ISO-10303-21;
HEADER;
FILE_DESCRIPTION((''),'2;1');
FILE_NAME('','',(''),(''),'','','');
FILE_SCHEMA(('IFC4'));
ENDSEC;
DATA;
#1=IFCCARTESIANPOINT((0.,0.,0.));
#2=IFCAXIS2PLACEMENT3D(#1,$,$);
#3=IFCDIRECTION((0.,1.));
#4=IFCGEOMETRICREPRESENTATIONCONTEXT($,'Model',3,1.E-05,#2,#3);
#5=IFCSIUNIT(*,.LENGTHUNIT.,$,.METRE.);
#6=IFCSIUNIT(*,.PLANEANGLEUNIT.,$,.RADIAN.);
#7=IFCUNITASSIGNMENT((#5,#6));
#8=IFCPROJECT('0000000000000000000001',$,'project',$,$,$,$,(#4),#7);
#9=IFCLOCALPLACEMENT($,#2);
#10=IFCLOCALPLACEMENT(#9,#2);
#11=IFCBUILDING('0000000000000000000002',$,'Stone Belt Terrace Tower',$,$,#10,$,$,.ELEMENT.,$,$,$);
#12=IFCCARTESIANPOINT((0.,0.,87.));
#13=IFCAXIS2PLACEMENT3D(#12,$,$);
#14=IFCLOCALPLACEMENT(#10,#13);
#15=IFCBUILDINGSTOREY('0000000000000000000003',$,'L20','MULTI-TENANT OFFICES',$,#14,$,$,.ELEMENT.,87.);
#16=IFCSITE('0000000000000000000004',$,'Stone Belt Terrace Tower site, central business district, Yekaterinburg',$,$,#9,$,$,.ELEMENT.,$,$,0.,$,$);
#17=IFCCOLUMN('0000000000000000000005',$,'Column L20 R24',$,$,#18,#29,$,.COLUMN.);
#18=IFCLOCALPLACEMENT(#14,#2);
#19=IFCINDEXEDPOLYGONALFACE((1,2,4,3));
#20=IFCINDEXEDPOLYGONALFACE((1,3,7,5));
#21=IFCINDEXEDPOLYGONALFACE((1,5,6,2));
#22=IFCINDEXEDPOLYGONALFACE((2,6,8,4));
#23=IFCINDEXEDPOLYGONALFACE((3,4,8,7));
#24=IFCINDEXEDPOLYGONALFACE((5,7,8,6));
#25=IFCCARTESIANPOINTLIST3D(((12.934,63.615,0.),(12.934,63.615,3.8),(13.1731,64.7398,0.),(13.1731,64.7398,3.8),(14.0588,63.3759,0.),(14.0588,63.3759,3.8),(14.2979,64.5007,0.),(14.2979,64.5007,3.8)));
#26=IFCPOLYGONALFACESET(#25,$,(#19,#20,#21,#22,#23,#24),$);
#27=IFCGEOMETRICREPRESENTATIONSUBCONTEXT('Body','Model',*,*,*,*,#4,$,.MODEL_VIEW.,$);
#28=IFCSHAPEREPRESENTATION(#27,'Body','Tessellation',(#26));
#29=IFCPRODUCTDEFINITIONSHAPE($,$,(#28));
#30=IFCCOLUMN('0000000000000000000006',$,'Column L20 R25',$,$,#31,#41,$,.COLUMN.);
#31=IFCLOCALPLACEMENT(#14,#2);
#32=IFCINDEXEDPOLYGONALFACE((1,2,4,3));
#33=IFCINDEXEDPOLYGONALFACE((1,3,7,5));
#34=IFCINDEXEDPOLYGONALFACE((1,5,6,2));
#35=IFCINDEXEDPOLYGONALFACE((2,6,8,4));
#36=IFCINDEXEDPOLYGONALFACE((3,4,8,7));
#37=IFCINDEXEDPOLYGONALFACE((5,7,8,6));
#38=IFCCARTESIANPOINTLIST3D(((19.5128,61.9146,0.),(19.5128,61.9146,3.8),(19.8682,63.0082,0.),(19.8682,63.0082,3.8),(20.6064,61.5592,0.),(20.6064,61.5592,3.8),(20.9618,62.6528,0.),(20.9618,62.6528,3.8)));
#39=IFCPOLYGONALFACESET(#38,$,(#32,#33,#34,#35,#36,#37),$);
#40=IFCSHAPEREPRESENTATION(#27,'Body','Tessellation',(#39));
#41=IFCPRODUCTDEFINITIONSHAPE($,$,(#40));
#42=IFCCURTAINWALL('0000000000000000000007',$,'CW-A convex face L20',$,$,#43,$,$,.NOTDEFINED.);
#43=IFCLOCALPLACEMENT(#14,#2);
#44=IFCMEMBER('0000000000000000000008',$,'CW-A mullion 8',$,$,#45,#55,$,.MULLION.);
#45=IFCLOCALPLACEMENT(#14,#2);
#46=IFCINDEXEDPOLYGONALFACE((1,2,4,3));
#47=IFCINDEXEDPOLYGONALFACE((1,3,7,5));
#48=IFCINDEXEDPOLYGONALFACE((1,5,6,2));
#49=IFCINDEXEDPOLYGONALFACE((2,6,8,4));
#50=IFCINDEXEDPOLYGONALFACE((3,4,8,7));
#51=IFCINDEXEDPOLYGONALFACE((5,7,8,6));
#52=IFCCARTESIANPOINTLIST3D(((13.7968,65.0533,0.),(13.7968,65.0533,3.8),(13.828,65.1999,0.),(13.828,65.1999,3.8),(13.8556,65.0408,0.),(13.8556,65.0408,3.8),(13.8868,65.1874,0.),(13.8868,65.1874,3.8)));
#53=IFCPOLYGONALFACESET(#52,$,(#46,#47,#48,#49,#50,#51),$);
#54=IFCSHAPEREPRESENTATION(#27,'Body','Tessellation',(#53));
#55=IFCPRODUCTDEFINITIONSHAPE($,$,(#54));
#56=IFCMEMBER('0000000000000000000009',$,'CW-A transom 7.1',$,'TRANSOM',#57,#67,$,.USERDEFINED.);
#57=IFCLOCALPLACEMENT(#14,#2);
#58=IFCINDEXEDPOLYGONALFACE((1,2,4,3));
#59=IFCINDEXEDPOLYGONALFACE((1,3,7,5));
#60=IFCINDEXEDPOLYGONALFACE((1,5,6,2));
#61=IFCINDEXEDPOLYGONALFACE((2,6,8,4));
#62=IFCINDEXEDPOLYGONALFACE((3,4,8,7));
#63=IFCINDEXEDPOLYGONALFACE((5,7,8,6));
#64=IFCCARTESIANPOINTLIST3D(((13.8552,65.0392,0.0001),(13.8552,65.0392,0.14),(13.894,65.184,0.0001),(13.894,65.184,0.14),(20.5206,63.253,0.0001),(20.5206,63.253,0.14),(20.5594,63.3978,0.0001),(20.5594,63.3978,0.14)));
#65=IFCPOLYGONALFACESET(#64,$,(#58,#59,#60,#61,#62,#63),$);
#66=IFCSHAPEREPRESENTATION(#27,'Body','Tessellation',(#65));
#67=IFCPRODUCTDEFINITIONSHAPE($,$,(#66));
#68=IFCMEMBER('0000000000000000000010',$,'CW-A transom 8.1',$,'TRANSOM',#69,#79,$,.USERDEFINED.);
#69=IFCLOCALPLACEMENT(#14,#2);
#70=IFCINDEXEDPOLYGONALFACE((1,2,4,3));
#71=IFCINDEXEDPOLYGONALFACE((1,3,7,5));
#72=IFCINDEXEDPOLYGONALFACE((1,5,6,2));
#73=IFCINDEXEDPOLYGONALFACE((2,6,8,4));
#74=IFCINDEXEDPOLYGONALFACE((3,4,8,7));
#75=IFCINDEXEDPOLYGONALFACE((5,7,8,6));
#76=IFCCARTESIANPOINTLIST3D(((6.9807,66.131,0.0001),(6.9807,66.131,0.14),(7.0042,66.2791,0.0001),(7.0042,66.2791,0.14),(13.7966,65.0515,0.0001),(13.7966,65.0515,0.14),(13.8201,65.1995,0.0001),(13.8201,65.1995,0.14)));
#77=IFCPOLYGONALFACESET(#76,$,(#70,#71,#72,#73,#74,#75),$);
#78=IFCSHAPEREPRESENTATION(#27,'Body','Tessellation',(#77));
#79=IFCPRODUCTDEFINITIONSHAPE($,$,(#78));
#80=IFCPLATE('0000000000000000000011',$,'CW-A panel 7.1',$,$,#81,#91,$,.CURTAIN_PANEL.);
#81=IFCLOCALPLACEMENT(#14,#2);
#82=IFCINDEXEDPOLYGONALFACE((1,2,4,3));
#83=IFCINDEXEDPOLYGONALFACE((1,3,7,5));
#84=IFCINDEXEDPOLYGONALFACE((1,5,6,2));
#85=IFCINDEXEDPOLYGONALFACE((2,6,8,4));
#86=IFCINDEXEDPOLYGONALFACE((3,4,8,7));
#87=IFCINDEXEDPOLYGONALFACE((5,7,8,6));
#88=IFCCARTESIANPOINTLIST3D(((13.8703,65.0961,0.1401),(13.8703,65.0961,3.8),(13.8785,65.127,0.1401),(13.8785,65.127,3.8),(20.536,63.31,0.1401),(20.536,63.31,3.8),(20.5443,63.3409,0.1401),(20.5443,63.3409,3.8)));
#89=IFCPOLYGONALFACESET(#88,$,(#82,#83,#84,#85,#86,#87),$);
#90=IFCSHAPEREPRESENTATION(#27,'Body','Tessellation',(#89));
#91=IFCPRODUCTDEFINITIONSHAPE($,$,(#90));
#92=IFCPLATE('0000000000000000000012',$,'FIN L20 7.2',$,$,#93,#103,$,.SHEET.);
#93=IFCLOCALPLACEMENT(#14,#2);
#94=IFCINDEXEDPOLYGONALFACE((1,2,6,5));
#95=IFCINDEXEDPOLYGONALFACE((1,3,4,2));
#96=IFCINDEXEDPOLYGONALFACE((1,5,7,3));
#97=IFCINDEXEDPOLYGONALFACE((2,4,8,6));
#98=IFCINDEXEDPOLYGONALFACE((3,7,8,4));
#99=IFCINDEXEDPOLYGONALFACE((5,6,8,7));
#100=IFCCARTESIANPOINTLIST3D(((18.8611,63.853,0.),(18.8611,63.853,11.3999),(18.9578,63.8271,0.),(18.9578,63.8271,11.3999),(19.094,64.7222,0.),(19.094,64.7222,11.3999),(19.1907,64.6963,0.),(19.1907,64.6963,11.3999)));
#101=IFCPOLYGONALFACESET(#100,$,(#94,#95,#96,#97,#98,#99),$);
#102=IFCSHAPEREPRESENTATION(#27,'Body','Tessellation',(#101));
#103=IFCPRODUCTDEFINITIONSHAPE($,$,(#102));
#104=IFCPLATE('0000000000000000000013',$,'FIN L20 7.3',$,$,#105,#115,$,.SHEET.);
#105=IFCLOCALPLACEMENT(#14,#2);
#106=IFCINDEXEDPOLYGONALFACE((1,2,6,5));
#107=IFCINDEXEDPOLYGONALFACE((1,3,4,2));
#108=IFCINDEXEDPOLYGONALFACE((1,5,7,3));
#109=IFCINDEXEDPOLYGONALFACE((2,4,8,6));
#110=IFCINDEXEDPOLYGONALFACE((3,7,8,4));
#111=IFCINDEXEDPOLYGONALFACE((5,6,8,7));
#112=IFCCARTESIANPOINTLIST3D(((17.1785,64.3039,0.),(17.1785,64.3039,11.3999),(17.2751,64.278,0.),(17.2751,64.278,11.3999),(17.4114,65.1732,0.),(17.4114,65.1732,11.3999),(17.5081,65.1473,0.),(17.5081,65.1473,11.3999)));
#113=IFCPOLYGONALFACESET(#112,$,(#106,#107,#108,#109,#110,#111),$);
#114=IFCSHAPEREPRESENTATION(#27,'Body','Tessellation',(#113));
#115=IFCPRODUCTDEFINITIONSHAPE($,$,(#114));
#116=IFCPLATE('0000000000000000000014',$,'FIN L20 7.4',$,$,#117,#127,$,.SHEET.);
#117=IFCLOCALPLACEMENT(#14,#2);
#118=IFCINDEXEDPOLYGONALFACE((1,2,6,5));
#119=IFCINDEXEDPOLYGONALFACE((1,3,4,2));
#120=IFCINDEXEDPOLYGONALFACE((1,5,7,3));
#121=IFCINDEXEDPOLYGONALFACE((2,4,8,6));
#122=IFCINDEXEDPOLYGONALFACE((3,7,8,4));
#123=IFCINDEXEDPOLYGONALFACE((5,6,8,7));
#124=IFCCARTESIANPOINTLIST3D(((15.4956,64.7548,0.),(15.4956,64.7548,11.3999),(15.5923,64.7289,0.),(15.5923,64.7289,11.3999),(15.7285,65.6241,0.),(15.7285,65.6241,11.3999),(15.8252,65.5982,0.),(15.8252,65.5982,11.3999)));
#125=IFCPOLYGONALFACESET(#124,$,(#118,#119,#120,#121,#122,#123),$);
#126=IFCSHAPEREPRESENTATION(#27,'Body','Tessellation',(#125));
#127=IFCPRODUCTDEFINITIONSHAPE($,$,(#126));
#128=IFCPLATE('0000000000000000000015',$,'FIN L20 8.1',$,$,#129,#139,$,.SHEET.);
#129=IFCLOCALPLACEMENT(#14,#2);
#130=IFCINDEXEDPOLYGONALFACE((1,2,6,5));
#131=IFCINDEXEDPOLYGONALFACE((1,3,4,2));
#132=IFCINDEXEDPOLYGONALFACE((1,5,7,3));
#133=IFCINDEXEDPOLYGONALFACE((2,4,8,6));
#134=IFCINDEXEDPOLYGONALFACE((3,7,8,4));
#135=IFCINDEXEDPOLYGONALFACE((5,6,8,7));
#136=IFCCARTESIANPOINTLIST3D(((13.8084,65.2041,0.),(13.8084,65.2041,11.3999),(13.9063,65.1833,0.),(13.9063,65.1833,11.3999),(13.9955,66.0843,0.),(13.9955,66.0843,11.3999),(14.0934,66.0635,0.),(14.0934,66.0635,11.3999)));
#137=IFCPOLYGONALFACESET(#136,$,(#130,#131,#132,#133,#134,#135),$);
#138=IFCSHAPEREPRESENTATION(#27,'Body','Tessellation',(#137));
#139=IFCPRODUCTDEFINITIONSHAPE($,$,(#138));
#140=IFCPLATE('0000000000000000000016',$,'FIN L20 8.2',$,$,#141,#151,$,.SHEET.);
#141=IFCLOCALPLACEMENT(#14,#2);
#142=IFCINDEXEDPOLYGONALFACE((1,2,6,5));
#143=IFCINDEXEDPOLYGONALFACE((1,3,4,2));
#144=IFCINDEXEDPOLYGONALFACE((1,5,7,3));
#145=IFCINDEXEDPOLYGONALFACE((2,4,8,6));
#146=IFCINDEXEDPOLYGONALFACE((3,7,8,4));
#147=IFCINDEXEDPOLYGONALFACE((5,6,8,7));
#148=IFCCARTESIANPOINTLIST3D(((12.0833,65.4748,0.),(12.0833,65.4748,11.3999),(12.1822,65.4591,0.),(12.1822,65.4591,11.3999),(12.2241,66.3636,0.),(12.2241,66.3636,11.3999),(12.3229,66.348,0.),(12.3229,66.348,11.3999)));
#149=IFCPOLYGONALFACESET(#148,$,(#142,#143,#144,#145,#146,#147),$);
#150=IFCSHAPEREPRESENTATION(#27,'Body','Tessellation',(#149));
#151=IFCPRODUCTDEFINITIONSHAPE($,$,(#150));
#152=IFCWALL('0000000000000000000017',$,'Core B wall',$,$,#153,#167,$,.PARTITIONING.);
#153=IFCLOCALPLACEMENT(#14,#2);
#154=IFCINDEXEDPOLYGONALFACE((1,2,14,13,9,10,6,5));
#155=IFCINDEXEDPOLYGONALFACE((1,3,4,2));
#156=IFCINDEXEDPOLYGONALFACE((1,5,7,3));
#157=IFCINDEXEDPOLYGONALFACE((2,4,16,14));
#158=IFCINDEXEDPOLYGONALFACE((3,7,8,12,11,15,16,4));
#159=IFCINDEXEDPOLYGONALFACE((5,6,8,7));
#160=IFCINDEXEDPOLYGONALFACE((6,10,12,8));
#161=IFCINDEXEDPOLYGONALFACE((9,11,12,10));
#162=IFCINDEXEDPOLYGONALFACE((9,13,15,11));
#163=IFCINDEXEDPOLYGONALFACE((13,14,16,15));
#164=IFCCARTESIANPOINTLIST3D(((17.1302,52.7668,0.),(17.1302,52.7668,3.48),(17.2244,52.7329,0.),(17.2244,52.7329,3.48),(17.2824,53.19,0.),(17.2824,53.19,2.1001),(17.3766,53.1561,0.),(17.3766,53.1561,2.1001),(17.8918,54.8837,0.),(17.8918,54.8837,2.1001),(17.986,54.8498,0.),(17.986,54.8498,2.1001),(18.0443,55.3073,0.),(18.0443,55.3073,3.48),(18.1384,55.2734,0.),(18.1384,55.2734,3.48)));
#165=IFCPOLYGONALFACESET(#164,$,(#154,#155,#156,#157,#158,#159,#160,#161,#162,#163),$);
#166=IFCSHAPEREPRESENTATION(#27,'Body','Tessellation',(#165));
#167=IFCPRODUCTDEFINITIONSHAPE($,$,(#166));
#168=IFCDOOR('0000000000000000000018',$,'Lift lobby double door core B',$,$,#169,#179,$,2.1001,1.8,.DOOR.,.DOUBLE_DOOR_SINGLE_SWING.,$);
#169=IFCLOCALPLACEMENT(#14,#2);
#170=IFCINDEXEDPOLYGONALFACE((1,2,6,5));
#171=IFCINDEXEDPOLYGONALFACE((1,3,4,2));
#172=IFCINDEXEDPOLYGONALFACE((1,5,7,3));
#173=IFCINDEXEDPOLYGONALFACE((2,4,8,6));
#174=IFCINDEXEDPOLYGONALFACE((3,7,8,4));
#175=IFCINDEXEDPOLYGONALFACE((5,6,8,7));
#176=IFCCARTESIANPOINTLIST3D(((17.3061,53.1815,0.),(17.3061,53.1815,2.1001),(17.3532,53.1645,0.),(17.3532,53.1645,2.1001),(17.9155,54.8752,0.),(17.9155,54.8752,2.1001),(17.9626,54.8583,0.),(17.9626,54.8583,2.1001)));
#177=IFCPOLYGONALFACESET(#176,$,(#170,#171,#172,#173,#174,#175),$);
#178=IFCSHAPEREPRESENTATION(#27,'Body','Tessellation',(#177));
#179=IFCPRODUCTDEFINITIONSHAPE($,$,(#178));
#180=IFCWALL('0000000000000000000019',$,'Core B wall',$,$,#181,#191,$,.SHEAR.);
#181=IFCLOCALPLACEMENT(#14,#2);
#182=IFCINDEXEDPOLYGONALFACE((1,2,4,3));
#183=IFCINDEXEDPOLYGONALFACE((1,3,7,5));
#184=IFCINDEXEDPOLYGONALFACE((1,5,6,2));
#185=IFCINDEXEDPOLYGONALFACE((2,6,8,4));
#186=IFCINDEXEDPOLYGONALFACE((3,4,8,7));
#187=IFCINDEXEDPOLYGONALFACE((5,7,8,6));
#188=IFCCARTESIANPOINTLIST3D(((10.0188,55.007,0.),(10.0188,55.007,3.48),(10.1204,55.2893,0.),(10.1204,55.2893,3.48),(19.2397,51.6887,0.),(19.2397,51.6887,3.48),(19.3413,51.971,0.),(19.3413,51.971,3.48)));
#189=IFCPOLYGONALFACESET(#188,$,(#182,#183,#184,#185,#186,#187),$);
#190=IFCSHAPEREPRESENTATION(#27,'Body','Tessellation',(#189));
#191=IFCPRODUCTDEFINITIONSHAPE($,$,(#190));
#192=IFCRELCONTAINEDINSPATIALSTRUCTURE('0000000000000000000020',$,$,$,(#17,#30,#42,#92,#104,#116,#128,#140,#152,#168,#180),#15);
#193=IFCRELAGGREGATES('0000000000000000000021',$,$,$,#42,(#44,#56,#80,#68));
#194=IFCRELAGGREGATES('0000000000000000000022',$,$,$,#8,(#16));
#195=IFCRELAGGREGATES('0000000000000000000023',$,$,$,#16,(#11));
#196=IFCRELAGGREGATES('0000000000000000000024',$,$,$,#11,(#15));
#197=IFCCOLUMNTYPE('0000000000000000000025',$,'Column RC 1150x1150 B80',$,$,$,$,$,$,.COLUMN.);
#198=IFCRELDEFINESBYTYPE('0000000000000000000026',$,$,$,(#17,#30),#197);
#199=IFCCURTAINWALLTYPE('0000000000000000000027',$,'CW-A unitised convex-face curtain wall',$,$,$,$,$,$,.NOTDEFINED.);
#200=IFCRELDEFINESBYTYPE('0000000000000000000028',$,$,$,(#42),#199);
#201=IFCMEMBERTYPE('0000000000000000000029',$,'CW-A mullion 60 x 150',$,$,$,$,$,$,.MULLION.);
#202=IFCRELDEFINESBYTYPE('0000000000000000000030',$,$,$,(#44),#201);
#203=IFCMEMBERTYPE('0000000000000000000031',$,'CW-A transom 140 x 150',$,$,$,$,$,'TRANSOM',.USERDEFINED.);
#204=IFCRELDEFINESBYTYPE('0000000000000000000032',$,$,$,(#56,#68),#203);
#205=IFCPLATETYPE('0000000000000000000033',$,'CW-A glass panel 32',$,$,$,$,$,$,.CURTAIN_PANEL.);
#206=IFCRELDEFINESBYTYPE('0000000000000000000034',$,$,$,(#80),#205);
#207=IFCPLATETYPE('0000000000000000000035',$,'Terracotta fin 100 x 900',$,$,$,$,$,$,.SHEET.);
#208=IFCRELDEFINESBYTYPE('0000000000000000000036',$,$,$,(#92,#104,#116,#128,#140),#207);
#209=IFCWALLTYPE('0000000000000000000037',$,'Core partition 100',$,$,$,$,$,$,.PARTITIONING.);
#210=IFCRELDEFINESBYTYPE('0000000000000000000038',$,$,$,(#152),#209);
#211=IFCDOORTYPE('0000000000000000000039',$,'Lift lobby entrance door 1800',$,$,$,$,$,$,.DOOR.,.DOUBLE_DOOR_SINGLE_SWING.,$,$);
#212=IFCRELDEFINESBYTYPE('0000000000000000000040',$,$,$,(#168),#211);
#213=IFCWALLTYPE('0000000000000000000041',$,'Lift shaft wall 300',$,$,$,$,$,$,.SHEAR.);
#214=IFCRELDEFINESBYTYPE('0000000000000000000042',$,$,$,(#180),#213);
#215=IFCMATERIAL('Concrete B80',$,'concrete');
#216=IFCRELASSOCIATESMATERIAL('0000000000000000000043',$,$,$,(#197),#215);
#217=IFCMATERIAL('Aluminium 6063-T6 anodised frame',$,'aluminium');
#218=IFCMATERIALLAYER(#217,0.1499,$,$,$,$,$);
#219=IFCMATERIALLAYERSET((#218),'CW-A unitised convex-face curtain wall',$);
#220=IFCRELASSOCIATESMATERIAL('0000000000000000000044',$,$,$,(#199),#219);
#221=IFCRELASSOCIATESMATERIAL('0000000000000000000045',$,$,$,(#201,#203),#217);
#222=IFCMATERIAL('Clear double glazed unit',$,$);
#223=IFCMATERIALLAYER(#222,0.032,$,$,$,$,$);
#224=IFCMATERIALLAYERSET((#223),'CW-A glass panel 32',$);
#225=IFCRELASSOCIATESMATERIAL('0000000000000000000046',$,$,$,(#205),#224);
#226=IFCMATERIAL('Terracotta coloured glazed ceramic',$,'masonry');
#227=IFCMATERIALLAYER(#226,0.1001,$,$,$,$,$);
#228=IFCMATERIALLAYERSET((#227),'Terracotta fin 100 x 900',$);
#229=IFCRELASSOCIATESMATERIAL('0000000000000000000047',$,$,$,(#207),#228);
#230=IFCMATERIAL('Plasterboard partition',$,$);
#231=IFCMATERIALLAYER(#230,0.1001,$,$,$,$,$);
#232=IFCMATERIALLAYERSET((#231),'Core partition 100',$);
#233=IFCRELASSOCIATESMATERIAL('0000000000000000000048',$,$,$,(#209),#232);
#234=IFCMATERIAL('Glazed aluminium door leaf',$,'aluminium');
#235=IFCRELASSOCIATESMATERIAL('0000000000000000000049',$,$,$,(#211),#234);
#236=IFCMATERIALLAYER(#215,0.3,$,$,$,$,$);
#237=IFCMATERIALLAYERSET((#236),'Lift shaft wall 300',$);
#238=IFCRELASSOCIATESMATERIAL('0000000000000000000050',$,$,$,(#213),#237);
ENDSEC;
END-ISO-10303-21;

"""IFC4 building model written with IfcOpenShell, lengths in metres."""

from ifc_helpers import new_model, si_unit, direction, frame, frame_2d, origin, origin_2d, place, context, subcontext, project, spatial, rectangle, extrude, material, layer, layer_set, material_profile, profile_set, type_object, element, fill, aggregate, save


model = new_model("IFC4")

# Units and contexts
model_context = context("Model", 3, precision=1e-05, world=origin(), true_north=direction((0.0, 1.0)))
body_context = subcontext(model_context, "Body", "Model", "MODEL_VIEW")
ifc_project = project(units=[si_unit("LENGTHUNIT", "METRE"), si_unit("PLANEANGLEUNIT", "RADIAN")], contexts=[model_context])

# Site, building, storey
site_placement = place(None, origin())
site = spatial("IfcSite", under=ifc_project, at=site_placement, Name="Stone Belt Terrace Tower site, central business district, Yekaterinburg", CompositionType="ELEMENT", RefElevation=0.0)
building_placement = place(site_placement, origin())
building = spatial("IfcBuilding", under=site, at=building_placement, Name="Stone Belt Terrace Tower", CompositionType="ELEMENT")
storey_placement = place(building_placement, frame((0.0, 0.0, 87.0)))
storey = spatial("IfcBuildingStorey", under=building, at=storey_placement, Name="L20", Description="MULTI-TENANT OFFICES", CompositionType="ELEMENT", Elevation=87.0)

# Columns
ifc_material_1 = material(Name="Concrete B80", Category="concrete")
ifc_material_profile_1 = material_profile(ifc_material_1, rectangle(XDim=1.1499, YDim=1.1499, at=origin_2d()), Name="RC 1150x1150")
ifc_profile_set_1 = profile_set([ifc_material_profile_1], Name="Concrete B80")
column_type = type_object("IfcColumnType", Name="Column RC 1150x1150 B80", PredefinedType="COLUMN", material=ifc_profile_set_1)
for number, where, z_axis, x_axis, name in (
    (1, (13.616, 64.0579, 0.0), (0.0, 0.0, 1.0), (0.978148, -0.207912, 0.0), "Column L20 R24"),
    (2, (20.2373, 62.2837, 0.0), (0.0, 0.0, 1.0), (0.951057, -0.309017, 0.0), "Column L20 R25"),
):
    element("IfcColumn", number, at=place(storey_placement, frame(where, z_axis=z_axis, x_axis=x_axis)), inside=storey, type_object=column_type, Name=name, PredefinedType="COLUMN", context=body_context, shape_type="SweptSolid", body=[
        extrude(rectangle(XDim=1.1499, YDim=1.1499, at=origin_2d()), origin(), (0.0, 0.0, 1.0), 3.8),
    ])

# Curtain wall, members, plate
ifc_material_2 = material(Name="Aluminium 6063-T6 anodised frame", Category="aluminium")
ifc_layer_1 = layer(ifc_material_2, 0.1499)
ifc_layer_set_1 = layer_set([ifc_layer_1], Name="CW-A unitised convex-face curtain wall")
curtain_wall_type = type_object("IfcCurtainWallType", Name="CW-A unitised convex-face curtain wall", PredefinedType="NOTDEFINED", material=ifc_layer_set_1)
curtain_wall_placement = place(storey_placement, origin())
curtain_wall = element("IfcCurtainWall", 3, at=curtain_wall_placement, inside=storey, type_object=curtain_wall_type, Name="CW-A convex face L20", PredefinedType="NOTDEFINED")
ifc_material_profile_2 = material_profile(ifc_material_2, rectangle(XDim=0.1499, YDim=0.0601, at=origin_2d()), Name="Aluminium 6063-T6 60x150")
ifc_profile_set_2 = profile_set([ifc_material_profile_2], Name="Aluminium 6063-T6 anodised frame")
member_type_1 = type_object("IfcMemberType", Name="CW-A mullion 60 x 150", PredefinedType="MULLION", material=ifc_profile_set_2)
member_1_placement = place(storey_placement, frame((13.8418, 65.1204, 0.0), z_axis=(0.0, 0.0, 1.0), x_axis=(-0.207912, -0.978148, 0.0)))
member_1 = element("IfcMember", 4, at=member_1_placement, type_object=member_type_1, Name="CW-A mullion 8", PredefinedType="MULLION", context=body_context, shape_type="SweptSolid", body=[
    extrude(rectangle(XDim=0.1499, YDim=0.0601, at=origin_2d()), origin(), (0.0, 0.0, 1.0), 3.8),
])
ifc_material_profile_3 = material_profile(ifc_material_2, rectangle(XDim=0.1499, YDim=0.1399, at=origin_2d()), Name="Aluminium 6063-T6 150x140")
ifc_profile_set_3 = profile_set([ifc_material_profile_3], Name="Aluminium 6063-T6 anodised frame")
member_type_2 = type_object("IfcMemberType", Name="CW-A transom 140 x 150", ElementType="TRANSOM", PredefinedType="USERDEFINED", material=ifc_profile_set_3)
member_2_placement = place(storey_placement, frame((20.54, 63.3254, 0.0701), z_axis=(-0.965922, 0.258834, 0.0), x_axis=(-0.258834, -0.965922, 0.0)))
member_2 = element("IfcMember", 5, at=member_2_placement, type_object=member_type_2, Name="CW-A transom 7.1", ObjectType="TRANSOM", PredefinedType="USERDEFINED", context=body_context, shape_type="SweptSolid", body=[
    extrude(rectangle(XDim=0.1499, YDim=0.1399, at=origin_2d()), origin(), (0.0, 0.0, 1.0), 6.9006),
])
member_3_placement = place(storey_placement, frame((13.8083, 65.1255, 0.0701), z_axis=(-0.987687, 0.156442, 0.0), x_axis=(-0.156442, -0.987687, 0.0)))
member_3 = element("IfcMember", 6, at=member_3_placement, type_object=member_type_2, Name="CW-A transom 8.1", ObjectType="TRANSOM", PredefinedType="USERDEFINED", context=body_context, shape_type="SweptSolid", body=[
    extrude(rectangle(XDim=0.1499, YDim=0.1399, at=origin_2d()), origin(), (0.0, 0.0, 1.0), 6.9009),
])
ifc_material_3 = material(Name="Clear double glazed unit")
ifc_layer_2 = layer(ifc_material_3, 0.032)
ifc_layer_set_2 = layer_set([ifc_layer_2], Name="CW-A glass panel 32")
plate_type_1 = type_object("IfcPlateType", Name="CW-A glass panel 32", PredefinedType="CURTAIN_PANEL", material=ifc_layer_set_2)
plate_placement = place(storey_placement, frame((17.2073, 64.2185, 0.1401), z_axis=(0.0, 0.0, 1.0), x_axis=(-0.965926, 0.258819, 0.0)))
plate = element("IfcPlate", 7, at=plate_placement, type_object=plate_type_1, Name="CW-A panel 7.1", PredefinedType="CURTAIN_PANEL", context=body_context, shape_type="SweptSolid", body=[
    extrude(rectangle(XDim=6.9009, YDim=0.032, at=origin_2d()), origin(), (0.0, 0.0, 1.0), 3.6599),
])
aggregate(curtain_wall, [member_1, member_2, plate, member_3])

# Plates
ifc_material_4 = material(Name="Terracotta coloured glazed ceramic", Category="masonry")
ifc_layer_3 = layer(ifc_material_4, 0.1001)
ifc_layer_set_3 = layer_set([ifc_layer_3], Name="Terracotta fin 100 x 900")
plate_type_2 = type_object("IfcPlateType", Name="Terracotta fin 100 x 900", PredefinedType="SHEET", material=ifc_layer_set_3)
for number, where, z_axis, x_axis, name in (
    (8, (19.0259, 64.2747, 0.0), (0.0, 0.0, 1.0), (0.258819, 0.965926, 0.0), "FIN L20 7.2"),
    (9, (17.3433, 64.7256, 0.0), (0.0, 0.0, 1.0), (0.258819, 0.965926, 0.0), "FIN L20 7.3"),
    (10, (15.6604, 65.1765, 0.0), (0.0, 0.0, 1.0), (0.258819, 0.965926, 0.0), "FIN L20 7.4"),
    (11, (13.9509, 65.6338, 0.0), (0.0, 0.0, 1.0), (0.207912, 0.978148, 0.0), "FIN L20 8.1"),
    (12, (12.2031, 65.9114, 0.0), (0.0, 0.0, 1.0), (0.156434, 0.987688, 0.0), "FIN L20 8.2"),
):
    element("IfcPlate", number, at=place(storey_placement, frame(where, z_axis=z_axis, x_axis=x_axis)), inside=storey, type_object=plate_type_2, Name=name, PredefinedType="SHEET", context=body_context, shape_type="SweptSolid", body=[
        extrude(rectangle(XDim=0.8999, YDim=0.1001, at=origin_2d()), origin(), (0.0, 0.0, 1.0), 11.3999),
    ])

# Wall, opening, door
ifc_material_5 = material(Name="Plasterboard partition")
ifc_layer_4 = layer(ifc_material_5, 0.1001)
ifc_layer_set_4 = layer_set([ifc_layer_4], Name="Core partition 100")
wall_type_1 = type_object("IfcWallType", Name="Core partition 100", PredefinedType="PARTITIONING", material=ifc_layer_set_4)
wall_1_placement = place(storey_placement, frame((17.1772, 52.7498, 0.0), z_axis=(0.0, 0.0, 1.0), x_axis=(0.338547, 0.94095, 0.0)))
wall_1 = element("IfcWall", 13, at=wall_1_placement, inside=storey, type_object=wall_type_1, Name="Core B wall", PredefinedType="PARTITIONING", context=body_context, shape_type="SweptSolid", body=[
    extrude(rectangle(XDim=2.7, YDim=0.1001, at=frame_2d((1.3501, 0.0))), origin(), (0.0, 0.0, 1.0), 3.48),
])
opening_1_placement = place(wall_1_placement, frame((0.45, 0.0, 0.0)))
opening_1 = element("IfcOpeningElement", 14, at=opening_1_placement, cuts=wall_1, PredefinedType="OPENING", context=body_context, shape_type="SweptSolid", body=[
    extrude(rectangle(XDim=1.8, YDim=2.1001, at=frame_2d((0.8999, 1.05))), frame((0.0, 0.0601, 0.0), z_axis=(0.0, -1.0, 0.0), x_axis=(1.0, 0.0, 0.0)), (0.0, 0.0, 1.0), 0.1201),
])
ifc_material_6 = material(Name="Glazed aluminium door leaf", Category="aluminium")
door_type_1 = type_object("IfcDoorType", Name="Lift lobby entrance door 1800", OperationType="DOUBLE_DOOR_SINGLE_SWING", PredefinedType="DOOR", material=ifc_material_6)
door_1_placement = place(opening_1_placement, origin())
door_1 = element("IfcDoor", 15, at=door_1_placement, inside=storey, type_object=door_type_1, Name="Lift lobby double door core B", OperationType="DOUBLE_DOOR_SINGLE_SWING", OverallHeight=2.1001, OverallWidth=1.8, PredefinedType="DOOR", context=body_context, shape_type="SweptSolid", body=[
    extrude(rectangle(XDim=1.8, YDim=2.1001, at=frame_2d((0.8999, 1.05))), frame((0.0, 0.0249, 0.0), z_axis=(0.0, -1.0, 0.0), x_axis=(1.0, 0.0, 0.0)), (0.0, 0.0, 1.0), 0.05),
])
fill(opening_1, door_1)

# Wall
ifc_layer_5 = layer(ifc_material_1, 0.3)
ifc_layer_set_5 = layer_set([ifc_layer_5], Name="Lift shaft wall 300")
wall_type_2 = type_object("IfcWallType", Name="Lift shaft wall 300", PredefinedType="SHEAR", material=ifc_layer_set_5)
wall_2_placement = place(storey_placement, frame((19.2905, 51.8298, 0.0), z_axis=(0.0, 0.0, 1.0), x_axis=(-0.940926, 0.338613, 0.0)))
element("IfcWall", 16, at=wall_2_placement, inside=storey, type_object=wall_type_2, Name="Core B wall", PredefinedType="SHEAR", context=body_context, shape_type="SweptSolid", body=[
    extrude(rectangle(XDim=9.7998, YDim=0.3, at=frame_2d((4.8999, 0.0))), origin(), (0.0, 0.0, 1.0), 3.48),
])

save(model, "model.ifc")
